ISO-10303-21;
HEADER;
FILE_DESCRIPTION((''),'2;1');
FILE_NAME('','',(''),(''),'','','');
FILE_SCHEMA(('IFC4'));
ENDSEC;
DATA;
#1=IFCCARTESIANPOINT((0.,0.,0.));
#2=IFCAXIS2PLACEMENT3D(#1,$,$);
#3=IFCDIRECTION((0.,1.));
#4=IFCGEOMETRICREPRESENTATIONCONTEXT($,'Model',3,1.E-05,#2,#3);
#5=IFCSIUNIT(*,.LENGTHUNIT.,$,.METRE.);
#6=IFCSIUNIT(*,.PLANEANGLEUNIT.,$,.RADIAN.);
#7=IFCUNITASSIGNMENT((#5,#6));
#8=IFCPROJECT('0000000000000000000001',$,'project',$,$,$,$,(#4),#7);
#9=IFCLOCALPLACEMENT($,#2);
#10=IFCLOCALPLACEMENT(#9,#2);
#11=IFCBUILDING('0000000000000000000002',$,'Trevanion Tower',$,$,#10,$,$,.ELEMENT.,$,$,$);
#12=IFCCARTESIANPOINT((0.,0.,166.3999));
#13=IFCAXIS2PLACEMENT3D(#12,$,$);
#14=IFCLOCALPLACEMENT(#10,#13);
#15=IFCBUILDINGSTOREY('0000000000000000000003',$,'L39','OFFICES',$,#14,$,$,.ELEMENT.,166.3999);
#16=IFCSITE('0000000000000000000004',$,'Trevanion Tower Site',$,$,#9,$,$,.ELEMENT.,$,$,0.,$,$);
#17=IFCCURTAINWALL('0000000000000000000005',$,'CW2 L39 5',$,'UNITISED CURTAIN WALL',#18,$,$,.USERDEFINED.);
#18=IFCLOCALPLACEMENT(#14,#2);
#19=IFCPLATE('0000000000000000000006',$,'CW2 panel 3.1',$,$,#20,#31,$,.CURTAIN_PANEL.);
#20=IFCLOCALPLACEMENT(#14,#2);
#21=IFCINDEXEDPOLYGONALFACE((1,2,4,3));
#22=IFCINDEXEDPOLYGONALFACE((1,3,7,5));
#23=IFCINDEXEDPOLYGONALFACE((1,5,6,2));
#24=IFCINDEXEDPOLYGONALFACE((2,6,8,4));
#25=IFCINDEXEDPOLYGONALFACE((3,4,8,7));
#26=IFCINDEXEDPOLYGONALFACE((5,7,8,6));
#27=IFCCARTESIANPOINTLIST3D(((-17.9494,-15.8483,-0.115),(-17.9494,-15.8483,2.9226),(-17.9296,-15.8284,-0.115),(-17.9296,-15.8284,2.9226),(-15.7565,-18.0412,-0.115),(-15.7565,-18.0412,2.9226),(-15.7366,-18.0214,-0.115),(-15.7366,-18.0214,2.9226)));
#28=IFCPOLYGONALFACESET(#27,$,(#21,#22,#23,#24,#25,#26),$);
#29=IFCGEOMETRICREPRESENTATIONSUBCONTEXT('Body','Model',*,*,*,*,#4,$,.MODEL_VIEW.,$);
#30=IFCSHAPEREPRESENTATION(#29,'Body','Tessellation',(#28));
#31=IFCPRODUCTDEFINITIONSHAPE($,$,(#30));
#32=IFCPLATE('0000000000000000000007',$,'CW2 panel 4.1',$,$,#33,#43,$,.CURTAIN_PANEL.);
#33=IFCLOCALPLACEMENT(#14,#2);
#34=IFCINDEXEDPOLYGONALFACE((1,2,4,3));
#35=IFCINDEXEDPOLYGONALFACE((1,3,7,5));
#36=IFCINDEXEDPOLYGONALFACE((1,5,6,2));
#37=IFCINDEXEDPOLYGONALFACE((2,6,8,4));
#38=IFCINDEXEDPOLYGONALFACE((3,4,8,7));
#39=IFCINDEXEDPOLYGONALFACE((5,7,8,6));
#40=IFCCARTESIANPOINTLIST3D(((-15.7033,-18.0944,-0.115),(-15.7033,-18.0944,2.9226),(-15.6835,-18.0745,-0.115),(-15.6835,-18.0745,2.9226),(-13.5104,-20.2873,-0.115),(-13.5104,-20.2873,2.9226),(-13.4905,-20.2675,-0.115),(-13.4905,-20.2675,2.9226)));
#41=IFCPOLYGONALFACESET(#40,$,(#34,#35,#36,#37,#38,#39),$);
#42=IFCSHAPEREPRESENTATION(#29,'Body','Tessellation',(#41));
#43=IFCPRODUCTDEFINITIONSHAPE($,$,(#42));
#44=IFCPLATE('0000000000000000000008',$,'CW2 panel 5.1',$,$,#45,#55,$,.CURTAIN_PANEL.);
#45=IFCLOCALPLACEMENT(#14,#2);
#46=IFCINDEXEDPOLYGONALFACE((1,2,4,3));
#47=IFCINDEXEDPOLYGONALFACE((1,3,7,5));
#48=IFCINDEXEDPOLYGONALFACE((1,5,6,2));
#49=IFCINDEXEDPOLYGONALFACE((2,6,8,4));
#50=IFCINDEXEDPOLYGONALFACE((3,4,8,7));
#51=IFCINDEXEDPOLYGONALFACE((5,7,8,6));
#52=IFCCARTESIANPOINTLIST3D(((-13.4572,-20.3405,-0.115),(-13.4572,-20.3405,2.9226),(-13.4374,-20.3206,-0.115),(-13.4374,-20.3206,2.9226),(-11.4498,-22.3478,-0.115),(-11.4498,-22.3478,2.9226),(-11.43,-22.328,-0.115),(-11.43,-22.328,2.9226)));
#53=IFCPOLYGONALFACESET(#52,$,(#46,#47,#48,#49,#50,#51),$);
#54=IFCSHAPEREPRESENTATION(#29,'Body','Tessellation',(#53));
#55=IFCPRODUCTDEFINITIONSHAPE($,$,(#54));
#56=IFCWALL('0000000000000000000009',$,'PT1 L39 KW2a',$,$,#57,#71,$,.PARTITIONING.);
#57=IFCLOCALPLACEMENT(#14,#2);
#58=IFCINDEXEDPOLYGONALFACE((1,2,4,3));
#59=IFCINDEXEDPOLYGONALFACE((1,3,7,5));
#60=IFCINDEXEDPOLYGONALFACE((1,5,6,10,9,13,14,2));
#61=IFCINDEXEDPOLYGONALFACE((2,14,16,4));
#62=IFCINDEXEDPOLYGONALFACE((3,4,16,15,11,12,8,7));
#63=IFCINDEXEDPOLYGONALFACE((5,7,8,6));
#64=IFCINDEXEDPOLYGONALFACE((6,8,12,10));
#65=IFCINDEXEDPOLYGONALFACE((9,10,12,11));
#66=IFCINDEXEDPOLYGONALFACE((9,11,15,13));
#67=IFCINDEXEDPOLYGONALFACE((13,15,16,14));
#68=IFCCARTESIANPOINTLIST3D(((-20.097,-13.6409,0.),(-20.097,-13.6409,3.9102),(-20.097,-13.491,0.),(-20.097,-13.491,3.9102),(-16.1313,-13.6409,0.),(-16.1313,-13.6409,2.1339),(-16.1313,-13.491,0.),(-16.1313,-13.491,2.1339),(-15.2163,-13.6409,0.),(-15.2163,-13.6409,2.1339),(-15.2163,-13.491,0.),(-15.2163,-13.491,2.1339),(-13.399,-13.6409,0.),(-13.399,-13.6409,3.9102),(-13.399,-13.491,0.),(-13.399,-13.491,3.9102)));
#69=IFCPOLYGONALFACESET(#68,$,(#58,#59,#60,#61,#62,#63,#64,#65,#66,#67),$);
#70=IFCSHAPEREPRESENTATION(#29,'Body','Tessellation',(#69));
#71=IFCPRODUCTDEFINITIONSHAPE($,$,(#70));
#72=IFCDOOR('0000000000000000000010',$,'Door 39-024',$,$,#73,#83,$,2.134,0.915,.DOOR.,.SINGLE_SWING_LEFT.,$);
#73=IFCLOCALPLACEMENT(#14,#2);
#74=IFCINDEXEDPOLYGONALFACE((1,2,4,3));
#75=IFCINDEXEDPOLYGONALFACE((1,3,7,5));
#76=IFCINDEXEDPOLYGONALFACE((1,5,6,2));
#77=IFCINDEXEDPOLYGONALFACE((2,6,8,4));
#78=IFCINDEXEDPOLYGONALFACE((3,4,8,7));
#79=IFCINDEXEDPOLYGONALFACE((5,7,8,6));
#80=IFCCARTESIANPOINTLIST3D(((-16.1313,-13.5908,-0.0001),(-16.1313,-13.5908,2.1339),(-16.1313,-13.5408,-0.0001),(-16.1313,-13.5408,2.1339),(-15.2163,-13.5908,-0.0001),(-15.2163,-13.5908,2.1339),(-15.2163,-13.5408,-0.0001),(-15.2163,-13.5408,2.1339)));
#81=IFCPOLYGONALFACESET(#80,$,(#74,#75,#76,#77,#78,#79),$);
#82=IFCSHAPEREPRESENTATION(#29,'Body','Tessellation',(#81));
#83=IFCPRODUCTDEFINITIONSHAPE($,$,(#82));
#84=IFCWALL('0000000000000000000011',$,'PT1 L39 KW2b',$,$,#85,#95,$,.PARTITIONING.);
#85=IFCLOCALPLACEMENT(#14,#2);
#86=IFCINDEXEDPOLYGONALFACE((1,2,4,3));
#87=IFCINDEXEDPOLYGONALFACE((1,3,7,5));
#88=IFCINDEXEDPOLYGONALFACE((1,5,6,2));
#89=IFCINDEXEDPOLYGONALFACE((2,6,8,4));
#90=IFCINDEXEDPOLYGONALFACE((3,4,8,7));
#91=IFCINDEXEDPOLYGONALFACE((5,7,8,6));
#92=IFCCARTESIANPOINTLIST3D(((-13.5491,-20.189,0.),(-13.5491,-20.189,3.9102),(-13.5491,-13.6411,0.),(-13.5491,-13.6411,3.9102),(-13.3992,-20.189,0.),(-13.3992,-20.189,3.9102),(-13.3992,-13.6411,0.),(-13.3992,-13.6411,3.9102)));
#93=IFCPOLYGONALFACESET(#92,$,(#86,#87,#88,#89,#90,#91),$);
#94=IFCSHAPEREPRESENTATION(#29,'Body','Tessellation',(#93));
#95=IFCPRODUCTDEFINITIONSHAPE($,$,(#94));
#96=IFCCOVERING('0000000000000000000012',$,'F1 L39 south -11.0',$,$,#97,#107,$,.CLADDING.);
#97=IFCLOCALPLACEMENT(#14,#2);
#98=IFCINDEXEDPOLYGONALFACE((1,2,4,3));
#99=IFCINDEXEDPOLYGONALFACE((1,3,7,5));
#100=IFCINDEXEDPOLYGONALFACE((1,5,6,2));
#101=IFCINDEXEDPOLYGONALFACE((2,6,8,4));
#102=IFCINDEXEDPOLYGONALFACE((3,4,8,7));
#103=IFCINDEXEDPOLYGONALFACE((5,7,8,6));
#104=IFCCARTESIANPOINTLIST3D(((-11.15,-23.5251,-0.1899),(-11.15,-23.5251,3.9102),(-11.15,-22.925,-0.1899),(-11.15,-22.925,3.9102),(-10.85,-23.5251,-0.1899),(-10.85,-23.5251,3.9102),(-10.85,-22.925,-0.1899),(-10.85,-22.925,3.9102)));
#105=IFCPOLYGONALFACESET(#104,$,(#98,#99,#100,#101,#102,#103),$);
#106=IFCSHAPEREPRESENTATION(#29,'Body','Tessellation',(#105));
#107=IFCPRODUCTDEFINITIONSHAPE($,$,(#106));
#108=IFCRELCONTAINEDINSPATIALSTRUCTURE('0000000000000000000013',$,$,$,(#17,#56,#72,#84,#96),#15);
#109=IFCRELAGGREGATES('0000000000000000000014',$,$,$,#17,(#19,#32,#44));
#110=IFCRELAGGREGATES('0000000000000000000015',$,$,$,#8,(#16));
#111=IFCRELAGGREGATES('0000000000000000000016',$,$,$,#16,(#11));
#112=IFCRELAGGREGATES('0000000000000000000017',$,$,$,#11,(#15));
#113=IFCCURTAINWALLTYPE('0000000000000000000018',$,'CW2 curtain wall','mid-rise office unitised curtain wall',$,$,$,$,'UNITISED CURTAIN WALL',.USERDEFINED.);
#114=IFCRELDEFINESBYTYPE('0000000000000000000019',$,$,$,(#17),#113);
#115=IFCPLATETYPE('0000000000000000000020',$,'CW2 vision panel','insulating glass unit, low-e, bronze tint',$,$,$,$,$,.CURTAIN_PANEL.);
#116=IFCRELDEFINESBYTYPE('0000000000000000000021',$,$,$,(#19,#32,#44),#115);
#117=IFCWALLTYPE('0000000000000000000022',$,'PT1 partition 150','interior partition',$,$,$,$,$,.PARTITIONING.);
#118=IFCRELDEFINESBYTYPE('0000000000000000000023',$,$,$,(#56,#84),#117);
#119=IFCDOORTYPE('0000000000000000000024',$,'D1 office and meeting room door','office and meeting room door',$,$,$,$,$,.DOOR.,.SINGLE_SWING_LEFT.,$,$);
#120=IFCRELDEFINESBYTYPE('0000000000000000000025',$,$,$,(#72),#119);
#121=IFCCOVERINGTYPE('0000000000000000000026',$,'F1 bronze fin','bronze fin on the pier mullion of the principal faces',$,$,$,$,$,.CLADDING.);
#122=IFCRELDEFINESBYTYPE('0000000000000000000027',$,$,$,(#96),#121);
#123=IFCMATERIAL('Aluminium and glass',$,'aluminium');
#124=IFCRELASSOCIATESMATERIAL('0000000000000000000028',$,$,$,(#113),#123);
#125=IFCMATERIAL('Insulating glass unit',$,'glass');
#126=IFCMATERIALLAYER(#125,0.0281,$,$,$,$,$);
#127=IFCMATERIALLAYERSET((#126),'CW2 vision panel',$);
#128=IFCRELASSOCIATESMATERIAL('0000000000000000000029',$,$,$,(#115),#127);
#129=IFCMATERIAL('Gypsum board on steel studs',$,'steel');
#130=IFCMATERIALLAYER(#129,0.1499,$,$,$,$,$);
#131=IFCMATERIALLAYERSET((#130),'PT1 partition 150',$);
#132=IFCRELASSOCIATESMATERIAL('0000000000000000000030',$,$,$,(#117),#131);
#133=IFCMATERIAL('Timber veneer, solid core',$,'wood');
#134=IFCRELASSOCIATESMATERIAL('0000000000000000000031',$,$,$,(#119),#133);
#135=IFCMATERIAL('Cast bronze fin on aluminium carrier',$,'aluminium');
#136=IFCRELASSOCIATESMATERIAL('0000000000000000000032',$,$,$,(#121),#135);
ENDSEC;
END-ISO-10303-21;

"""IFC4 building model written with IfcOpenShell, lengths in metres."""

from ifc_helpers import new_model, si_unit, direction, frame, frame_2d, origin, origin_2d, place, context, subcontext, project, spatial, rectangle, extrude, material, layer, layer_set, type_object, element, fill, aggregate, save


model = new_model("IFC4")

# Units and contexts
model_context = context("Model", 3, precision=1e-05, world=origin(), true_north=direction((0.0, 1.0)))
body_context = subcontext(model_context, "Body", "Model", "MODEL_VIEW")
ifc_project = project(units=[si_unit("LENGTHUNIT", "METRE"), si_unit("PLANEANGLEUNIT", "RADIAN")], contexts=[model_context])

# Site, building, storey
site_placement = place(None, origin())
site = spatial("IfcSite", under=ifc_project, at=site_placement, Name="Trevanion Tower Site", CompositionType="ELEMENT", RefElevation=0.0)
building_placement = place(site_placement, origin())
building = spatial("IfcBuilding", under=site, at=building_placement, Name="Trevanion Tower", CompositionType="ELEMENT")
storey_placement = place(building_placement, frame((0.0, 0.0, 166.3999)))
storey = spatial("IfcBuildingStorey", under=building, at=storey_placement, Name="L39", Description="OFFICES", CompositionType="ELEMENT", Elevation=166.3999)

# Curtain wall
ifc_material_1 = material(Name="Aluminium and glass", Category="aluminium")
curtain_wall_type = type_object("IfcCurtainWallType", Name="CW2 curtain wall", Description="mid-rise office unitised curtain wall", ElementType="UNITISED CURTAIN WALL", PredefinedType="USERDEFINED", material=ifc_material_1)
curtain_wall_placement = place(storey_placement, origin())
curtain_wall = element("IfcCurtainWall", 1, at=curtain_wall_placement, inside=storey, type_object=curtain_wall_type, Name="CW2 L39 5", ObjectType="UNITISED CURTAIN WALL", PredefinedType="USERDEFINED")

# Plates
ifc_material_2 = material(Name="Insulating glass unit", Category="glass")
ifc_layer_1 = layer(ifc_material_2, 0.0281)
ifc_layer_set_1 = layer_set([ifc_layer_1], Name="CW2 vision panel")
plate_type_1 = type_object("IfcPlateType", Name="CW2 vision panel", Description="insulating glass unit, low-e, bronze tint", PredefinedType="CURTAIN_PANEL", material=ifc_layer_set_1)
plate_1_placement = place(storey_placement, frame((-16.843, -16.9348, -0.115), z_axis=(0.0, 0.0, 1.0), x_axis=(0.707107, -0.707107, 0.0)))
plate_1 = element("IfcPlate", 2, at=plate_1_placement, type_object=plate_type_1, Name="CW2 panel 3.1", PredefinedType="CURTAIN_PANEL", context=body_context, shape_type="SweptSolid", body=[
    extrude(rectangle(XDim=3.1013, YDim=0.0281, at=origin_2d()), origin(), (0.0, 0.0, 1.0), 3.0376),
])
plate_2_placement = place(storey_placement, frame((-14.5969, -19.1809, -0.115), z_axis=(0.0, 0.0, 1.0), x_axis=(0.707107, -0.707107, 0.0)))
plate_2 = element("IfcPlate", 3, at=plate_2_placement, type_object=plate_type_1, Name="CW2 panel 4.1", PredefinedType="CURTAIN_PANEL", context=body_context, shape_type="SweptSolid", body=[
    extrude(rectangle(XDim=3.1013, YDim=0.0281, at=origin_2d()), origin(), (0.0, 0.0, 1.0), 3.0376),
])
plate_3_placement = place(storey_placement, frame((-12.4436, -21.3342, -0.115), z_axis=(0.0, 0.0, 1.0), x_axis=(0.707107, -0.707107, 0.0)))
plate_3 = element("IfcPlate", 4, at=plate_3_placement, type_object=plate_type_1, Name="CW2 panel 5.1", PredefinedType="CURTAIN_PANEL", context=body_context, shape_type="SweptSolid", body=[
    extrude(rectangle(XDim=2.8389, YDim=0.0281, at=origin_2d()), origin(), (0.0, 0.0, 1.0), 3.0376),
])
aggregate(curtain_wall, [plate_1, plate_2, plate_3])

# Wall, opening, door
ifc_material_3 = material(Name="Gypsum board on steel studs", Category="steel")
ifc_layer_2 = layer(ifc_material_3, 0.1499)
ifc_layer_set_2 = layer_set([ifc_layer_2], Name="PT1 partition 150")
wall_type = type_object("IfcWallType", Name="PT1 partition 150", Description="interior partition", PredefinedType="PARTITIONING", material=ifc_layer_set_2)
wall_1_placement = place(storey_placement, frame((-13.3989, -13.5659, 0.0), z_axis=(0.0, 0.0, 1.0), x_axis=(-1.0, 0.0, 0.0)))
wall_1 = element("IfcWall", 5, at=wall_1_placement, inside=storey, type_object=wall_type, Name="PT1 L39 KW2a", PredefinedType="PARTITIONING", context=body_context, shape_type="SweptSolid", body=[
    extrude(rectangle(XDim=6.698, YDim=0.1499, at=frame_2d((3.3491, 0.0))), origin(), (0.0, 0.0, 1.0), 3.9102),
])
opening_placement = place(wall_1_placement, frame((1.8174, 0.0, 0.0)))
opening = element("IfcOpeningElement", 6, at=opening_placement, cuts=wall_1, PredefinedType="OPENING", context=body_context, shape_type="SweptSolid", body=[
    extrude(rectangle(XDim=0.915, YDim=2.134, at=frame_2d((0.4575, 1.0669))), frame((0.0, 0.085, 0.0), z_axis=(0.0, -1.0, 0.0), x_axis=(1.0, 0.0, 0.0)), (0.0, 0.0, 1.0), 0.1699),
])
ifc_material_4 = material(Name="Timber veneer, solid core", Category="wood")
door_type = type_object("IfcDoorType", Name="D1 office and meeting room door", Description="office and meeting room door", OperationType="SINGLE_SWING_LEFT", PredefinedType="DOOR", material=ifc_material_4)
door_placement = place(opening_placement, origin())
door = element("IfcDoor", 7, at=door_placement, inside=storey, type_object=door_type, Name="Door 39-024", OperationType="SINGLE_SWING_LEFT", OverallHeight=2.134, OverallWidth=0.915, PredefinedType="DOOR", context=body_context, shape_type="SweptSolid", body=[
    extrude(rectangle(XDim=0.915, YDim=2.134, at=frame_2d((0.4575, 1.0669))), frame((0.0, 0.0249, 0.0), z_axis=(0.0, -1.0, 0.0), x_axis=(1.0, 0.0, 0.0)), (0.0, 0.0, 1.0), 0.05),
])
fill(opening, door)

# Wall
wall_2_placement = place(storey_placement, frame((-13.4741, -13.6411, 0.0), z_axis=(0.0, 0.0, 1.0), x_axis=(0.0, -1.0, 0.0)))
element("IfcWall", 8, at=wall_2_placement, inside=storey, type_object=wall_type, Name="PT1 L39 KW2b", PredefinedType="PARTITIONING", context=body_context, shape_type="SweptSolid", body=[
    extrude(rectangle(XDim=6.5479, YDim=0.1499, at=frame_2d((3.2739, 0.0))), origin(), (0.0, 0.0, 1.0), 3.9102),
])

# Covering
ifc_material_5 = material(Name="Cast bronze fin on aluminium carrier", Category="aluminium")
covering_type = type_object("IfcCoveringType", Name="F1 bronze fin", Description="bronze fin on the pier mullion of the principal faces", PredefinedType="CLADDING", material=ifc_material_5)
covering_placement = place(storey_placement, frame((-11.0, -23.2251, -0.1899), z_axis=(0.0, 0.0, 1.0), x_axis=(1.0, 0.0, 0.0)))
element("IfcCovering", 9, at=covering_placement, inside=storey, type_object=covering_type, Name="F1 L39 south -11.0", PredefinedType="CLADDING", context=body_context, shape_type="SweptSolid", body=[
    extrude(rectangle(XDim=0.3, YDim=0.6001, at=origin_2d()), origin(), (0.0, 0.0, 1.0), 4.1001),
])

save(model, "model.ifc")
